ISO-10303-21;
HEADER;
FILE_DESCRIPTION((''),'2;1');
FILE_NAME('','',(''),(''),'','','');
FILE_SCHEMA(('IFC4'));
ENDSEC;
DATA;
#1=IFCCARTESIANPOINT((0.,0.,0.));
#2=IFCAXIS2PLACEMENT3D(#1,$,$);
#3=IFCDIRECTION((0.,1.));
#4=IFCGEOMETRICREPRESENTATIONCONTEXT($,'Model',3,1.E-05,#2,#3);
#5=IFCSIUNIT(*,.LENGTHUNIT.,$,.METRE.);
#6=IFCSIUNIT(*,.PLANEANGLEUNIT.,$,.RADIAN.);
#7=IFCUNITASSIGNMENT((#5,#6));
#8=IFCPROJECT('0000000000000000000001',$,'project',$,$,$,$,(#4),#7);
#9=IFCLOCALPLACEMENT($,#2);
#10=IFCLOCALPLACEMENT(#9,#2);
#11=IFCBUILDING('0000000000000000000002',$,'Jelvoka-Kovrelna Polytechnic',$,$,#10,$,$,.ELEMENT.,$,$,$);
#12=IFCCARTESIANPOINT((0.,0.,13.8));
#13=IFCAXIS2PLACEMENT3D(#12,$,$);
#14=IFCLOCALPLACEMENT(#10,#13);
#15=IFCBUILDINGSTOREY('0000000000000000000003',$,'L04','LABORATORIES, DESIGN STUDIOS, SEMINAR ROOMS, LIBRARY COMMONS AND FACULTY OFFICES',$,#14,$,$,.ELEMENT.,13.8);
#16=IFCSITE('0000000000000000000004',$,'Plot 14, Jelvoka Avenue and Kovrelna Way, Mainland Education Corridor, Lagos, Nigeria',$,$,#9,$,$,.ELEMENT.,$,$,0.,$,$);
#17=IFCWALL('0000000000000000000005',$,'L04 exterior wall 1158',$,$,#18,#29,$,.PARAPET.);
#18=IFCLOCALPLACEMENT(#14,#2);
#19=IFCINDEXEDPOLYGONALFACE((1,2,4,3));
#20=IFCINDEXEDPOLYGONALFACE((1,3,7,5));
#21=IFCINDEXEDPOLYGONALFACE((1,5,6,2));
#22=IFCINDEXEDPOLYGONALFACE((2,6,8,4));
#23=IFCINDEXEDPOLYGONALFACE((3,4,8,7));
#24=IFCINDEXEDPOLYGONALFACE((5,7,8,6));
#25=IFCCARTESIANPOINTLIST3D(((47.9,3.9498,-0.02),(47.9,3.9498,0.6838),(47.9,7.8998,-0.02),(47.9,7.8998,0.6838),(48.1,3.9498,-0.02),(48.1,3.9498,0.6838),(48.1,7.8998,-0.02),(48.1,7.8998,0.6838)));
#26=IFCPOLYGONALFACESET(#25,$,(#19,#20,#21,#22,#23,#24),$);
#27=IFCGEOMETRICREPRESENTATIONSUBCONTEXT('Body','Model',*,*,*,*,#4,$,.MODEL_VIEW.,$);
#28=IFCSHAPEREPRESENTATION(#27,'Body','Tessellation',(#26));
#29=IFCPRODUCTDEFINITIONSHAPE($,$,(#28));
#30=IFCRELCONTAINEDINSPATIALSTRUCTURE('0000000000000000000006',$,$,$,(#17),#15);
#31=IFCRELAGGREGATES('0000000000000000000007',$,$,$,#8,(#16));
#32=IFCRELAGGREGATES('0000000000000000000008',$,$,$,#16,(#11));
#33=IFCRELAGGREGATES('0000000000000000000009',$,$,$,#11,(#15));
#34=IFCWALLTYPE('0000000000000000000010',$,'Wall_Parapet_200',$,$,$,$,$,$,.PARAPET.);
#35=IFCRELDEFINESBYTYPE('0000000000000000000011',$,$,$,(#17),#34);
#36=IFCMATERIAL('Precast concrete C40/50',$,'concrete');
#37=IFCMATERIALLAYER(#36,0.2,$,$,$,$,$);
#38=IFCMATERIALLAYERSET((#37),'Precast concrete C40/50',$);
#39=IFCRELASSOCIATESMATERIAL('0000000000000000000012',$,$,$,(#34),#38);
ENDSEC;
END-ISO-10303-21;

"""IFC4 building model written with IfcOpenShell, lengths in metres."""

from ifc_helpers import new_model, si_unit, direction, frame, frame_2d, origin, place, context, subcontext, project, spatial, rectangle, extrude, material, layer, layer_set, type_object, element, save


model = new_model("IFC4")

# Units and contexts
model_context = context("Model", 3, precision=1e-05, world=origin(), true_north=direction((0.0, 1.0)))
body_context = subcontext(model_context, "Body", "Model", "MODEL_VIEW")
ifc_project = project(units=[si_unit("LENGTHUNIT", "METRE"), si_unit("PLANEANGLEUNIT", "RADIAN")], contexts=[model_context])

# Site, building, storey
site_placement = place(None, origin())
site = spatial("IfcSite", under=ifc_project, at=site_placement, Name="Plot 14, Jelvoka Avenue and Kovrelna Way, Mainland Education Corridor, Lagos, Nigeria", CompositionType="ELEMENT", RefElevation=0.0)
building_placement = place(site_placement, origin())
building = spatial("IfcBuilding", under=site, at=building_placement, Name="Jelvoka-Kovrelna Polytechnic", CompositionType="ELEMENT")
storey_placement = place(building_placement, frame((0.0, 0.0, 13.8)))
storey = spatial("IfcBuildingStorey", under=building, at=storey_placement, Name="L04", Description="LABORATORIES, DESIGN STUDIOS, SEMINAR ROOMS, LIBRARY COMMONS AND FACULTY OFFICES", CompositionType="ELEMENT", Elevation=13.8)

# Wall
ifc_material_1 = material(Name="Precast concrete C40/50", Category="concrete")
ifc_layer_1 = layer(ifc_material_1, 0.2)
ifc_layer_set_1 = layer_set([ifc_layer_1], Name="Precast concrete C40/50")
wall_type = type_object("IfcWallType", Name="Wall_Parapet_200", PredefinedType="PARAPET", material=ifc_layer_set_1)
wall_1_placement = place(storey_placement, frame((48.0, 7.8999, -0.02), z_axis=(0.0, 0.0, 1.0), x_axis=(0.0, -1.0, 0.0)))
element("IfcWall", 1, at=wall_1_placement, inside=storey, type_object=wall_type, Name="L04 exterior wall 1158", PredefinedType="PARAPET", context=body_context, shape_type="SweptSolid", body=[
    extrude(rectangle(XDim=3.95, YDim=0.2, at=frame_2d((1.9751, 0.0))), origin(), (0.0, 0.0, 1.0), 0.7039),
])

save(model, "model.ifc")
